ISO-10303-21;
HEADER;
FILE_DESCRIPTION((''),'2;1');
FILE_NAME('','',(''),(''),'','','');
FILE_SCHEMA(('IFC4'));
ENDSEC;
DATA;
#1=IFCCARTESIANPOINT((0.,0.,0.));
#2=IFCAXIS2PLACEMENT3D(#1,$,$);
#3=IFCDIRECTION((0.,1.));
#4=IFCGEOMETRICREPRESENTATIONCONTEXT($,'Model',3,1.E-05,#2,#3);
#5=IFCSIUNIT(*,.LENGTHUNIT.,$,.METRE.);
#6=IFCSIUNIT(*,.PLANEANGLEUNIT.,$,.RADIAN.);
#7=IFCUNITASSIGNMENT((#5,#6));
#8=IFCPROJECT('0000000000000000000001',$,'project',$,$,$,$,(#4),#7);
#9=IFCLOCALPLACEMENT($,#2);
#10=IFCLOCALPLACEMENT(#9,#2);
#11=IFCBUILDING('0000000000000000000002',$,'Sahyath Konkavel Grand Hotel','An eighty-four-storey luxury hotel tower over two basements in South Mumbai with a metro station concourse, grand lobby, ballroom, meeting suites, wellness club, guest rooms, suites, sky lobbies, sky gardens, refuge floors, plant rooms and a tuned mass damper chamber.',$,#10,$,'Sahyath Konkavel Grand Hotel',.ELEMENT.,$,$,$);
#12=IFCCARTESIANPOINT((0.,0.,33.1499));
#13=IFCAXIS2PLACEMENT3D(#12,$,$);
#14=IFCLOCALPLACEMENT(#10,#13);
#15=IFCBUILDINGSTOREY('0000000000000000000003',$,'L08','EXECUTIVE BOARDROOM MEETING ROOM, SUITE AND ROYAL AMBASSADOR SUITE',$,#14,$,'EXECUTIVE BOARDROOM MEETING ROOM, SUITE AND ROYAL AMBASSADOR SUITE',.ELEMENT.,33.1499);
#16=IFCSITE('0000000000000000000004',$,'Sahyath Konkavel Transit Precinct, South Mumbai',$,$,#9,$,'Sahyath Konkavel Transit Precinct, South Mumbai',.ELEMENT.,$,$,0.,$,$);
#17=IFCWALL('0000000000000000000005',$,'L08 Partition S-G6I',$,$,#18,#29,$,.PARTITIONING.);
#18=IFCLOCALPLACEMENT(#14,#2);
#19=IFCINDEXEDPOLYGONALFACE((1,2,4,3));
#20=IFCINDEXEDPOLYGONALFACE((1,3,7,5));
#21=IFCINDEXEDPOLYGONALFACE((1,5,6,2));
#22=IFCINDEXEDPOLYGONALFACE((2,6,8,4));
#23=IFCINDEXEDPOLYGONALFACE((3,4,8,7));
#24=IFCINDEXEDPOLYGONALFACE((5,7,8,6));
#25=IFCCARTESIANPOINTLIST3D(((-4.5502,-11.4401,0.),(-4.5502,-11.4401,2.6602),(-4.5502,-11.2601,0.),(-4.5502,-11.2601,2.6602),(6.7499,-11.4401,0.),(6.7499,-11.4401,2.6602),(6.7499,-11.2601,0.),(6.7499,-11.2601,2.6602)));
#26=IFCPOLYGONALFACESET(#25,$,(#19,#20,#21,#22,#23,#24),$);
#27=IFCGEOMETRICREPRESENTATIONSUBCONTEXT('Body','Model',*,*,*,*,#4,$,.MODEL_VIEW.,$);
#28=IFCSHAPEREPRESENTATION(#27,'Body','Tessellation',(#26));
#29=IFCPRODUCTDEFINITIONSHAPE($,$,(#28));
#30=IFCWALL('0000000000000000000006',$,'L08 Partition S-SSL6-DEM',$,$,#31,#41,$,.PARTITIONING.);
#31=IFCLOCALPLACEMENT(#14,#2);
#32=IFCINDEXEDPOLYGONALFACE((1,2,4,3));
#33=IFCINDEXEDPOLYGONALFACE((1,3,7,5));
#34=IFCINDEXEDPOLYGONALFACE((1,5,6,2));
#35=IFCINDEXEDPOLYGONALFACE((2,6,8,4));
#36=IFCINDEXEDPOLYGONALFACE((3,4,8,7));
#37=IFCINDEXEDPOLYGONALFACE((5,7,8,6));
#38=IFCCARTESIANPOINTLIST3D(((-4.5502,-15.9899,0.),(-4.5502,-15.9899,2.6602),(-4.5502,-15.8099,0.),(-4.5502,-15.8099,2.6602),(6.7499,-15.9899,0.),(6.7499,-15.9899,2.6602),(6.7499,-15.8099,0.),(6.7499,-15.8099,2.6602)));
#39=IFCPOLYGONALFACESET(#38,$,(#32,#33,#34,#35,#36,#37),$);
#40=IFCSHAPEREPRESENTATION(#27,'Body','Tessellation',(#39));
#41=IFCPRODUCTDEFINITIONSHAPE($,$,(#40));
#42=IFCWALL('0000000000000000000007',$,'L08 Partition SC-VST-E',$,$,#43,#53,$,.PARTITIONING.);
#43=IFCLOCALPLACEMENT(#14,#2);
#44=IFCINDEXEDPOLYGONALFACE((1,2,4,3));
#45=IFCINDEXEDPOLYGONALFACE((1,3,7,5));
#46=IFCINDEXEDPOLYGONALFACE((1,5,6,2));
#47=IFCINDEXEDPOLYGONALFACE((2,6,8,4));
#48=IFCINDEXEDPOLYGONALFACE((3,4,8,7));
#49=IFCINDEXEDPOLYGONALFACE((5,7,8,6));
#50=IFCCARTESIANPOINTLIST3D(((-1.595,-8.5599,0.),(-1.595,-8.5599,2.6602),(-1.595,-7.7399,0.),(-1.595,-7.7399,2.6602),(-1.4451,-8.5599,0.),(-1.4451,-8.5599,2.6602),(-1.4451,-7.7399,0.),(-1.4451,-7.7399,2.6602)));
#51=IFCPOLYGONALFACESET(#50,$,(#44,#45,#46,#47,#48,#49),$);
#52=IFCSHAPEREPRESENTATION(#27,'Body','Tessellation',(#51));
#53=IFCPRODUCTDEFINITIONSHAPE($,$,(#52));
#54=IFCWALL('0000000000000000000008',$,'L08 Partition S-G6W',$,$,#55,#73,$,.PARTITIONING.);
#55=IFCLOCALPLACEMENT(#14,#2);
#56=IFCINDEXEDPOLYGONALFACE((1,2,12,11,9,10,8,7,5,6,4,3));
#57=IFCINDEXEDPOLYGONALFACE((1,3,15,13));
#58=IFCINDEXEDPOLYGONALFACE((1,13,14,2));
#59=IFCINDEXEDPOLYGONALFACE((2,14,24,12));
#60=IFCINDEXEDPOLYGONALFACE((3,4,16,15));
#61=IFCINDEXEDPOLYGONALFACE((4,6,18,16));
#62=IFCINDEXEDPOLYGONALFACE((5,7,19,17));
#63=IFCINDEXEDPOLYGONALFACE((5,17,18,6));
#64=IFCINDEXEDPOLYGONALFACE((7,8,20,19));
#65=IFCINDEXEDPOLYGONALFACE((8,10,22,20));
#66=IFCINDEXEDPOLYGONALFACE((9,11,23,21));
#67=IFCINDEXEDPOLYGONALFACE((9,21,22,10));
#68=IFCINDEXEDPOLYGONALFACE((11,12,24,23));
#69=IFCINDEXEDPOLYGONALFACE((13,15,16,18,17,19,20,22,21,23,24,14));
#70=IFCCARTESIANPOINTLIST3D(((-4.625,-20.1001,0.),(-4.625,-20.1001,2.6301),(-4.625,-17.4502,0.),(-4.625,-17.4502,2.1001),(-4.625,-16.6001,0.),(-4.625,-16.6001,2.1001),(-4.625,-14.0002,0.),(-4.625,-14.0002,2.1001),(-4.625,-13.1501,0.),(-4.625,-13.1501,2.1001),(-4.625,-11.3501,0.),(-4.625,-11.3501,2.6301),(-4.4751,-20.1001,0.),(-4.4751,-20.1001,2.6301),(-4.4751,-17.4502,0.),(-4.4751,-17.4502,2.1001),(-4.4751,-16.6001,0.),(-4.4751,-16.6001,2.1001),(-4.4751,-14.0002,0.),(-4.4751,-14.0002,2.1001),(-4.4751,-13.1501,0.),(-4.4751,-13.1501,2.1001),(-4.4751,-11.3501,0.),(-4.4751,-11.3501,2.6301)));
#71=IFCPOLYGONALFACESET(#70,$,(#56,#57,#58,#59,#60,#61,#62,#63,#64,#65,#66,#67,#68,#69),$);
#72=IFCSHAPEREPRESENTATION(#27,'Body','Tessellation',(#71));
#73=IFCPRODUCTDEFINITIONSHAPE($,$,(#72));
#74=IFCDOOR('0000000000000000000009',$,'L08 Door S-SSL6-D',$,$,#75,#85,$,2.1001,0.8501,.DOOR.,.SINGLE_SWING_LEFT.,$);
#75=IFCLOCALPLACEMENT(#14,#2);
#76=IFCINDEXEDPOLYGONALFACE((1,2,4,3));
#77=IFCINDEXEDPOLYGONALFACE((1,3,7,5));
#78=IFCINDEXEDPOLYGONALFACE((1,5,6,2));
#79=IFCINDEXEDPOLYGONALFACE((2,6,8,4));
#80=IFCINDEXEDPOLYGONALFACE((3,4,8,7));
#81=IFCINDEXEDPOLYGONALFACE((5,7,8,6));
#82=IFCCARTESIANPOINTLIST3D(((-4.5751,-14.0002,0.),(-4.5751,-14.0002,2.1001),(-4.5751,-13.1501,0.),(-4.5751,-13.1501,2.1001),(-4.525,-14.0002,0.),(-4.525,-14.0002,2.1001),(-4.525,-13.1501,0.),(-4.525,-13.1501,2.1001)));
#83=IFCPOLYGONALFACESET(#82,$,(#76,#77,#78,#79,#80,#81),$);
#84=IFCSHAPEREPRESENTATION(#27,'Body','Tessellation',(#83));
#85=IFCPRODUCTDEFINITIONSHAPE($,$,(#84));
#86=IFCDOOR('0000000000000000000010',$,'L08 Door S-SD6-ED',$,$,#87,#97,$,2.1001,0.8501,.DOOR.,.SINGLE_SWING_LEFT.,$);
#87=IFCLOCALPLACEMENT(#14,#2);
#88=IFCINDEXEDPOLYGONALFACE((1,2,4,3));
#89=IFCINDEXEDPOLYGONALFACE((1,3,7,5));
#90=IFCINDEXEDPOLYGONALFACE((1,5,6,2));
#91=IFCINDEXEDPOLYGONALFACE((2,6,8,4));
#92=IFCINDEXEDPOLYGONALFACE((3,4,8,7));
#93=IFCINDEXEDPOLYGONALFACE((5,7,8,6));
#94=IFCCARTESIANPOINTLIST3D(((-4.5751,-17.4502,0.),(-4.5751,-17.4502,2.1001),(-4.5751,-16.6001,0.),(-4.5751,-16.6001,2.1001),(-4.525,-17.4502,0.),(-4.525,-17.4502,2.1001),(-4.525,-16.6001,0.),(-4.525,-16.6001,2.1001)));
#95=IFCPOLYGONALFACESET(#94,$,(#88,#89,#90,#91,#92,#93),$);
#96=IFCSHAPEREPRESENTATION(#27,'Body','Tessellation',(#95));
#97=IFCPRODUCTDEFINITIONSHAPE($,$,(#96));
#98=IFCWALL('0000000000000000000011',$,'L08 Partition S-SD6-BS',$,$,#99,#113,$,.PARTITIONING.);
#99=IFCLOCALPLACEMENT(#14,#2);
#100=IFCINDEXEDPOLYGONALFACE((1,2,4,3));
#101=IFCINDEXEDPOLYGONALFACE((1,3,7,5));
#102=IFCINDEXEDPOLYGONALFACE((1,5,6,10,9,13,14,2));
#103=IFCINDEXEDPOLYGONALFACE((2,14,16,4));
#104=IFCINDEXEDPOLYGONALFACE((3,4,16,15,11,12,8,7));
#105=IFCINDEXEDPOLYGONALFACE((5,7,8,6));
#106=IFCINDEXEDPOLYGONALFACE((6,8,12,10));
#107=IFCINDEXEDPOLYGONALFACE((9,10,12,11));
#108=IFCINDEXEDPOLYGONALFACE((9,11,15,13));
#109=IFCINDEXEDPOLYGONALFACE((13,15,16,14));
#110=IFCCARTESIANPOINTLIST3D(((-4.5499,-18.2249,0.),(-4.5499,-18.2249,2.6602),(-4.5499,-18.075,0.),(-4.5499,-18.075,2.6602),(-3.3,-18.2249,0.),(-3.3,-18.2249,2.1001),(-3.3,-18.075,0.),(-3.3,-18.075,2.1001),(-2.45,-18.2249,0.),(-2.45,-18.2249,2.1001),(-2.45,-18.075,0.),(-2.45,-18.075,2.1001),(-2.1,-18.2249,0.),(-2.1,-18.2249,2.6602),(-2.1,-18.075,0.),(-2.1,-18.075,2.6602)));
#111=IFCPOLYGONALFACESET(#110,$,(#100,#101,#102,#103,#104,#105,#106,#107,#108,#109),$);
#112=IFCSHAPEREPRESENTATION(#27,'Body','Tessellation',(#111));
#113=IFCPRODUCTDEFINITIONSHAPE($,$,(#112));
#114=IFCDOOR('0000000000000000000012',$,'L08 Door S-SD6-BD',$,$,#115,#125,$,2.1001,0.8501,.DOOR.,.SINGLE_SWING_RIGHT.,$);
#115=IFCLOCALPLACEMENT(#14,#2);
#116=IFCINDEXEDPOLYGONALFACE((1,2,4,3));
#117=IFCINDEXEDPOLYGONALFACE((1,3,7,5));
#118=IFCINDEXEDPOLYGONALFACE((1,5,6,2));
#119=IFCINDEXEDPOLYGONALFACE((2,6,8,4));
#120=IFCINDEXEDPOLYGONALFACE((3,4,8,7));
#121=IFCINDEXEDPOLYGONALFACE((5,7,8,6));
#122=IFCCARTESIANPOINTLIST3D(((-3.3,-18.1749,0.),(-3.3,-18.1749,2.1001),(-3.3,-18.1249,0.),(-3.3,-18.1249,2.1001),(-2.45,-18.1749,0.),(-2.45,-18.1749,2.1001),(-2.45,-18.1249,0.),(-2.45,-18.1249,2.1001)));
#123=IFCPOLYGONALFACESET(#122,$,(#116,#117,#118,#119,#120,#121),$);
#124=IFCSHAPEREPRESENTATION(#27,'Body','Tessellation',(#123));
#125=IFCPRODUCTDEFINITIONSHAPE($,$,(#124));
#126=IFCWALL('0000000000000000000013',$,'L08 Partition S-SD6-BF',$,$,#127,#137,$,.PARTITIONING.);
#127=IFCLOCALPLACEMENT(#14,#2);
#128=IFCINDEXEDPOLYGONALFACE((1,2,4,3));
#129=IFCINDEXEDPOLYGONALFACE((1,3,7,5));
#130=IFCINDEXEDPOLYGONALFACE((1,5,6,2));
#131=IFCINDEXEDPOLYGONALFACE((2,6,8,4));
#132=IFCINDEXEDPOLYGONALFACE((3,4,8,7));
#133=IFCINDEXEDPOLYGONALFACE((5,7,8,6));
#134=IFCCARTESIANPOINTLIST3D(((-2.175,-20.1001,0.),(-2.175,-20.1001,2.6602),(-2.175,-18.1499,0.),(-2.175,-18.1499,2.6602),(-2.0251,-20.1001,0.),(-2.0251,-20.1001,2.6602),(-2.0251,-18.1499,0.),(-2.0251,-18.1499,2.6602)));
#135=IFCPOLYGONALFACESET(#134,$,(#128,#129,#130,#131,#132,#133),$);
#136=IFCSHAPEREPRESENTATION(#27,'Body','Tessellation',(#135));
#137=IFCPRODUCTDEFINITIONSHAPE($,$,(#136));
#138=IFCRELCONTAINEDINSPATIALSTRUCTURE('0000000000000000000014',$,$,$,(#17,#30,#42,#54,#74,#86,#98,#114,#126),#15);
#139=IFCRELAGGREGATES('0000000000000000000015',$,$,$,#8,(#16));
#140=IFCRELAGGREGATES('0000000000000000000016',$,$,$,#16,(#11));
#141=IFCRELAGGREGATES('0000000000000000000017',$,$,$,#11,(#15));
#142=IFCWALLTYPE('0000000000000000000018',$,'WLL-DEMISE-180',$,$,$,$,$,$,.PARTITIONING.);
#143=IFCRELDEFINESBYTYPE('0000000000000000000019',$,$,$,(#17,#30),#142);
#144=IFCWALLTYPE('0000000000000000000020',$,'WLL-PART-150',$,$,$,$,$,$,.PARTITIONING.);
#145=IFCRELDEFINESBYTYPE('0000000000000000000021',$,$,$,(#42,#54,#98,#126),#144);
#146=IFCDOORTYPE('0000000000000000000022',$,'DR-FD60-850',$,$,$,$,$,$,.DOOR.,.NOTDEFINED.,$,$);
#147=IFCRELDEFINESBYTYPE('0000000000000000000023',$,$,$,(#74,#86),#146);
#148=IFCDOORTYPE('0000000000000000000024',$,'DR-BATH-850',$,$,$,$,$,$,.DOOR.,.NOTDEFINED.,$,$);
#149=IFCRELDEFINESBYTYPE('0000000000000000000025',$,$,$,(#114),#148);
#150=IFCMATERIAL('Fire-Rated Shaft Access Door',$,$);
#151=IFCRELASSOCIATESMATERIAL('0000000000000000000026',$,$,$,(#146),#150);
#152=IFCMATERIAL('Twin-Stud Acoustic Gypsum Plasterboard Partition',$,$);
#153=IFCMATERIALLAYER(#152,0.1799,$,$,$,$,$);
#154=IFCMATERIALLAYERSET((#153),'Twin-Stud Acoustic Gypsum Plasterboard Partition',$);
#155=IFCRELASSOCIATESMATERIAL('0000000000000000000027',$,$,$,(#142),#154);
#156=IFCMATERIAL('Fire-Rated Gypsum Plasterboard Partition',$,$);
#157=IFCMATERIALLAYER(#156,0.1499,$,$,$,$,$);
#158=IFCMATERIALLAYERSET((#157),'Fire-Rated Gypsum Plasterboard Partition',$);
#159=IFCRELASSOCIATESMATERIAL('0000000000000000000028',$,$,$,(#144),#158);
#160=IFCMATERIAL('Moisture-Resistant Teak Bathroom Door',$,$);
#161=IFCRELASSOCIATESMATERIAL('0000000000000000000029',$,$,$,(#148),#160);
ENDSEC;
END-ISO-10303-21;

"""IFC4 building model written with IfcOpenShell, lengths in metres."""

from ifc_helpers import new_model, si_unit, direction, frame, frame_2d, origin, origin_2d, place, context, subcontext, project, spatial, rectangle, extrude, source, transform, mapped, material, layer, layer_set, type_object, element, fill, save


model = new_model("IFC4")

# Units and contexts
model_context = context("Model", 3, precision=1e-05, world=origin(), true_north=direction((0.0, 1.0)))
body_context = subcontext(model_context, "Body", "Model", "MODEL_VIEW")
ifc_project = project(units=[si_unit("LENGTHUNIT", "METRE"), si_unit("PLANEANGLEUNIT", "RADIAN")], contexts=[model_context])

# Site, building, storey
site_placement = place(None, origin())
site = spatial("IfcSite", under=ifc_project, at=site_placement, Name="Sahyath Konkavel Transit Precinct, South Mumbai", LongName="Sahyath Konkavel Transit Precinct, South Mumbai", CompositionType="ELEMENT", RefElevation=0.0)
building_placement = place(site_placement, origin())
building = spatial("IfcBuilding", under=site, at=building_placement, Name="Sahyath Konkavel Grand Hotel", Description="An eighty-four-storey luxury hotel tower over two basements in South Mumbai with a metro station concourse, grand lobby, ballroom, meeting suites, wellness club, guest rooms, suites, sky lobbies, sky gardens, refuge floors, plant rooms and a tuned mass damper chamber.", LongName="Sahyath Konkavel Grand Hotel", CompositionType="ELEMENT")
storey_placement = place(building_placement, frame((0.0, 0.0, 33.1499)))
storey = spatial("IfcBuildingStorey", under=building, at=storey_placement, Name="L08", Description="EXECUTIVE BOARDROOM MEETING ROOM, SUITE AND ROYAL AMBASSADOR SUITE", LongName="EXECUTIVE BOARDROOM MEETING ROOM, SUITE AND ROYAL AMBASSADOR SUITE", CompositionType="ELEMENT", Elevation=33.1499)

# Shared definitions
shared_shape_1 = source(origin(), body_context, "Body", "SweptSolid", [
    extrude(rectangle(XDim=0.8501, YDim=0.05, at=origin_2d()), origin(), (0.0, 0.0, 1.0), 2.1001),
])

# Shared definitions
ifc_material_1 = material(Name="Fire-Rated Shaft Access Door")
door_type_1 = type_object("IfcDoorType", Name="DR-FD60-850", OperationType="NOTDEFINED", PredefinedType="DOOR", material=ifc_material_1)

# Walls
ifc_material_2 = material(Name="Twin-Stud Acoustic Gypsum Plasterboard Partition")
ifc_layer_1 = layer(ifc_material_2, 0.1799)
ifc_layer_set_1 = layer_set([ifc_layer_1], Name="Twin-Stud Acoustic Gypsum Plasterboard Partition")
wall_type_1 = type_object("IfcWallType", Name="WLL-DEMISE-180", PredefinedType="PARTITIONING", material=ifc_layer_set_1)
for number, where, z_axis, x_axis, name in (
    (1, (-4.55, -11.3501, 0.0), (0.0, 0.0, 1.0), (1.0, 0.0, 0.0), "L08 Partition S-G6I"),
    (2, (-4.55, -15.8999, 0.0), (0.0, 0.0, 1.0), (1.0, 0.0, 0.0), "L08 Partition S-SSL6-DEM"),
):
    element("IfcWall", number, at=place(storey_placement, frame(where, z_axis=z_axis, x_axis=x_axis)), inside=storey, type_object=wall_type_1, Name=name, PredefinedType="PARTITIONING", context=body_context, shape_type="SweptSolid", body=[
        extrude(rectangle(XDim=11.3, YDim=0.1799, at=frame_2d((5.6499, 0.0))), origin(), (0.0, 0.0, 1.0), 2.6602),
    ])
ifc_material_3 = material(Name="Fire-Rated Gypsum Plasterboard Partition")
ifc_layer_2 = layer(ifc_material_3, 0.1499)
ifc_layer_set_2 = layer_set([ifc_layer_2], Name="Fire-Rated Gypsum Plasterboard Partition")
wall_type_2 = type_object("IfcWallType", Name="WLL-PART-150", PredefinedType="PARTITIONING", material=ifc_layer_set_2)
wall_1_placement = place(storey_placement, frame((-1.52, -8.5601, 0.0), z_axis=(0.0, 0.0, 1.0), x_axis=(0.0, 1.0, 0.0)))
element("IfcWall", 3, at=wall_1_placement, inside=storey, type_object=wall_type_2, Name="L08 Partition SC-VST-E", PredefinedType="PARTITIONING", context=body_context, shape_type="SweptSolid", body=[
    extrude(rectangle(XDim=0.8201, YDim=0.1499, at=frame_2d((0.4102, 0.0))), origin(), (0.0, 0.0, 1.0), 2.6602),
])

# Wall, openings, doors
wall_2_placement = place(storey_placement, frame((-4.55, -11.3501, 0.0), z_axis=(0.0, 0.0, 1.0), x_axis=(0.0, -1.0, 0.0)))
wall_2 = element("IfcWall", 4, at=wall_2_placement, inside=storey, type_object=wall_type_2, Name="L08 Partition S-G6W", PredefinedType="PARTITIONING", context=body_context, shape_type="SweptSolid", body=[
    extrude(rectangle(XDim=8.75, YDim=0.1499, at=frame_2d((4.375, 0.0))), origin(), (0.0, 0.0, 1.0), 2.6301),
])
opening_1_placement = place(wall_2_placement, frame((1.8, 0.0, 0.0)))
opening_1 = element("IfcOpeningElement", 5, at=opening_1_placement, cuts=wall_2, PredefinedType="OPENING", context=body_context, shape_type="SweptSolid", body=[
    extrude(rectangle(XDim=0.8501, YDim=2.1001, at=frame_2d((0.425, 1.05))), frame((0.0, 0.085, 0.0), z_axis=(0.0, -1.0, 0.0), x_axis=(1.0, 0.0, 0.0)), (0.0, 0.0, 1.0), 0.1699),
])
opening_2_placement = place(wall_2_placement, frame((5.25, 0.0, 0.0)))
opening_2 = element("IfcOpeningElement", 6, at=opening_2_placement, cuts=wall_2, PredefinedType="OPENING", context=body_context, shape_type="SweptSolid", body=[
    extrude(rectangle(XDim=0.8501, YDim=2.1001, at=frame_2d((0.425, 1.05))), frame((0.0, 0.085, 0.0), z_axis=(0.0, -1.0, 0.0), x_axis=(1.0, 0.0, 0.0)), (0.0, 0.0, 1.0), 0.1699),
])
door_1_placement = place(opening_1_placement, frame((0.425, 0.0, 0.0)))
door_1 = element("IfcDoor", 7, at=door_1_placement, inside=storey, type_object=door_type_1, Name="L08 Door S-SSL6-D", OperationType="SINGLE_SWING_LEFT", OverallHeight=2.1001, OverallWidth=0.8501, PredefinedType="DOOR", context=body_context, shape_type="MappedRepresentation", body=[
    mapped(shared_shape_1, transform((0.0, 0.0, 0.0), scale=1.0)),
])
fill(opening_1, door_1)
door_2_placement = place(opening_2_placement, frame((0.425, 0.0, 0.0)))
door_2 = element("IfcDoor", 8, at=door_2_placement, inside=storey, type_object=door_type_1, Name="L08 Door S-SD6-ED", OperationType="SINGLE_SWING_LEFT", OverallHeight=2.1001, OverallWidth=0.8501, PredefinedType="DOOR", context=body_context, shape_type="MappedRepresentation", body=[
    mapped(shared_shape_1, transform((0.0, 0.0, 0.0), scale=1.0)),
])
fill(opening_2, door_2)

# Wall, opening, door
wall_3_placement = place(storey_placement, frame((-4.55, -18.1499, 0.0), z_axis=(0.0, 0.0, 1.0), x_axis=(1.0, 0.0, 0.0)))
wall_3 = element("IfcWall", 9, at=wall_3_placement, inside=storey, type_object=wall_type_2, Name="L08 Partition S-SD6-BS", PredefinedType="PARTITIONING", context=body_context, shape_type="SweptSolid", body=[
    extrude(rectangle(XDim=2.45, YDim=0.1499, at=frame_2d((1.2251, 0.0))), origin(), (0.0, 0.0, 1.0), 2.6602),
])
opening_3_placement = place(wall_3_placement, frame((1.25, 0.0, 0.0)))
opening_3 = element("IfcOpeningElement", 10, at=opening_3_placement, cuts=wall_3, PredefinedType="OPENING", context=body_context, shape_type="SweptSolid", body=[
    extrude(rectangle(XDim=0.8501, YDim=2.1001, at=frame_2d((0.425, 1.05))), frame((0.0, 0.085, 0.0), z_axis=(0.0, -1.0, 0.0), x_axis=(1.0, 0.0, 0.0)), (0.0, 0.0, 1.0), 0.1699),
])
ifc_material_4 = material(Name="Moisture-Resistant Teak Bathroom Door")
door_type_2 = type_object("IfcDoorType", Name="DR-BATH-850", OperationType="NOTDEFINED", PredefinedType="DOOR", material=ifc_material_4)
door_3_placement = place(opening_3_placement, frame((0.425, 0.0, 0.0)))
door_3 = element("IfcDoor", 11, at=door_3_placement, inside=storey, type_object=door_type_2, Name="L08 Door S-SD6-BD", OperationType="SINGLE_SWING_RIGHT", OverallHeight=2.1001, OverallWidth=0.8501, PredefinedType="DOOR", context=body_context, shape_type="MappedRepresentation", body=[
    mapped(shared_shape_1, transform((0.0, 0.0, 0.0), scale=1.0)),
])
fill(opening_3, door_3)

# Wall
wall_4_placement = place(storey_placement, frame((-2.1001, -18.1499, 0.0), z_axis=(0.0, 0.0, 1.0), x_axis=(0.0, -1.0, 0.0)))
element("IfcWall", 12, at=wall_4_placement, inside=storey, type_object=wall_type_2, Name="L08 Partition S-SD6-BF", PredefinedType="PARTITIONING", context=body_context, shape_type="SweptSolid", body=[
    extrude(rectangle(XDim=1.9502, YDim=0.1499, at=frame_2d((0.9751, 0.0))), origin(), (0.0, 0.0, 1.0), 2.6602),
])

save(model, "model.ifc")
